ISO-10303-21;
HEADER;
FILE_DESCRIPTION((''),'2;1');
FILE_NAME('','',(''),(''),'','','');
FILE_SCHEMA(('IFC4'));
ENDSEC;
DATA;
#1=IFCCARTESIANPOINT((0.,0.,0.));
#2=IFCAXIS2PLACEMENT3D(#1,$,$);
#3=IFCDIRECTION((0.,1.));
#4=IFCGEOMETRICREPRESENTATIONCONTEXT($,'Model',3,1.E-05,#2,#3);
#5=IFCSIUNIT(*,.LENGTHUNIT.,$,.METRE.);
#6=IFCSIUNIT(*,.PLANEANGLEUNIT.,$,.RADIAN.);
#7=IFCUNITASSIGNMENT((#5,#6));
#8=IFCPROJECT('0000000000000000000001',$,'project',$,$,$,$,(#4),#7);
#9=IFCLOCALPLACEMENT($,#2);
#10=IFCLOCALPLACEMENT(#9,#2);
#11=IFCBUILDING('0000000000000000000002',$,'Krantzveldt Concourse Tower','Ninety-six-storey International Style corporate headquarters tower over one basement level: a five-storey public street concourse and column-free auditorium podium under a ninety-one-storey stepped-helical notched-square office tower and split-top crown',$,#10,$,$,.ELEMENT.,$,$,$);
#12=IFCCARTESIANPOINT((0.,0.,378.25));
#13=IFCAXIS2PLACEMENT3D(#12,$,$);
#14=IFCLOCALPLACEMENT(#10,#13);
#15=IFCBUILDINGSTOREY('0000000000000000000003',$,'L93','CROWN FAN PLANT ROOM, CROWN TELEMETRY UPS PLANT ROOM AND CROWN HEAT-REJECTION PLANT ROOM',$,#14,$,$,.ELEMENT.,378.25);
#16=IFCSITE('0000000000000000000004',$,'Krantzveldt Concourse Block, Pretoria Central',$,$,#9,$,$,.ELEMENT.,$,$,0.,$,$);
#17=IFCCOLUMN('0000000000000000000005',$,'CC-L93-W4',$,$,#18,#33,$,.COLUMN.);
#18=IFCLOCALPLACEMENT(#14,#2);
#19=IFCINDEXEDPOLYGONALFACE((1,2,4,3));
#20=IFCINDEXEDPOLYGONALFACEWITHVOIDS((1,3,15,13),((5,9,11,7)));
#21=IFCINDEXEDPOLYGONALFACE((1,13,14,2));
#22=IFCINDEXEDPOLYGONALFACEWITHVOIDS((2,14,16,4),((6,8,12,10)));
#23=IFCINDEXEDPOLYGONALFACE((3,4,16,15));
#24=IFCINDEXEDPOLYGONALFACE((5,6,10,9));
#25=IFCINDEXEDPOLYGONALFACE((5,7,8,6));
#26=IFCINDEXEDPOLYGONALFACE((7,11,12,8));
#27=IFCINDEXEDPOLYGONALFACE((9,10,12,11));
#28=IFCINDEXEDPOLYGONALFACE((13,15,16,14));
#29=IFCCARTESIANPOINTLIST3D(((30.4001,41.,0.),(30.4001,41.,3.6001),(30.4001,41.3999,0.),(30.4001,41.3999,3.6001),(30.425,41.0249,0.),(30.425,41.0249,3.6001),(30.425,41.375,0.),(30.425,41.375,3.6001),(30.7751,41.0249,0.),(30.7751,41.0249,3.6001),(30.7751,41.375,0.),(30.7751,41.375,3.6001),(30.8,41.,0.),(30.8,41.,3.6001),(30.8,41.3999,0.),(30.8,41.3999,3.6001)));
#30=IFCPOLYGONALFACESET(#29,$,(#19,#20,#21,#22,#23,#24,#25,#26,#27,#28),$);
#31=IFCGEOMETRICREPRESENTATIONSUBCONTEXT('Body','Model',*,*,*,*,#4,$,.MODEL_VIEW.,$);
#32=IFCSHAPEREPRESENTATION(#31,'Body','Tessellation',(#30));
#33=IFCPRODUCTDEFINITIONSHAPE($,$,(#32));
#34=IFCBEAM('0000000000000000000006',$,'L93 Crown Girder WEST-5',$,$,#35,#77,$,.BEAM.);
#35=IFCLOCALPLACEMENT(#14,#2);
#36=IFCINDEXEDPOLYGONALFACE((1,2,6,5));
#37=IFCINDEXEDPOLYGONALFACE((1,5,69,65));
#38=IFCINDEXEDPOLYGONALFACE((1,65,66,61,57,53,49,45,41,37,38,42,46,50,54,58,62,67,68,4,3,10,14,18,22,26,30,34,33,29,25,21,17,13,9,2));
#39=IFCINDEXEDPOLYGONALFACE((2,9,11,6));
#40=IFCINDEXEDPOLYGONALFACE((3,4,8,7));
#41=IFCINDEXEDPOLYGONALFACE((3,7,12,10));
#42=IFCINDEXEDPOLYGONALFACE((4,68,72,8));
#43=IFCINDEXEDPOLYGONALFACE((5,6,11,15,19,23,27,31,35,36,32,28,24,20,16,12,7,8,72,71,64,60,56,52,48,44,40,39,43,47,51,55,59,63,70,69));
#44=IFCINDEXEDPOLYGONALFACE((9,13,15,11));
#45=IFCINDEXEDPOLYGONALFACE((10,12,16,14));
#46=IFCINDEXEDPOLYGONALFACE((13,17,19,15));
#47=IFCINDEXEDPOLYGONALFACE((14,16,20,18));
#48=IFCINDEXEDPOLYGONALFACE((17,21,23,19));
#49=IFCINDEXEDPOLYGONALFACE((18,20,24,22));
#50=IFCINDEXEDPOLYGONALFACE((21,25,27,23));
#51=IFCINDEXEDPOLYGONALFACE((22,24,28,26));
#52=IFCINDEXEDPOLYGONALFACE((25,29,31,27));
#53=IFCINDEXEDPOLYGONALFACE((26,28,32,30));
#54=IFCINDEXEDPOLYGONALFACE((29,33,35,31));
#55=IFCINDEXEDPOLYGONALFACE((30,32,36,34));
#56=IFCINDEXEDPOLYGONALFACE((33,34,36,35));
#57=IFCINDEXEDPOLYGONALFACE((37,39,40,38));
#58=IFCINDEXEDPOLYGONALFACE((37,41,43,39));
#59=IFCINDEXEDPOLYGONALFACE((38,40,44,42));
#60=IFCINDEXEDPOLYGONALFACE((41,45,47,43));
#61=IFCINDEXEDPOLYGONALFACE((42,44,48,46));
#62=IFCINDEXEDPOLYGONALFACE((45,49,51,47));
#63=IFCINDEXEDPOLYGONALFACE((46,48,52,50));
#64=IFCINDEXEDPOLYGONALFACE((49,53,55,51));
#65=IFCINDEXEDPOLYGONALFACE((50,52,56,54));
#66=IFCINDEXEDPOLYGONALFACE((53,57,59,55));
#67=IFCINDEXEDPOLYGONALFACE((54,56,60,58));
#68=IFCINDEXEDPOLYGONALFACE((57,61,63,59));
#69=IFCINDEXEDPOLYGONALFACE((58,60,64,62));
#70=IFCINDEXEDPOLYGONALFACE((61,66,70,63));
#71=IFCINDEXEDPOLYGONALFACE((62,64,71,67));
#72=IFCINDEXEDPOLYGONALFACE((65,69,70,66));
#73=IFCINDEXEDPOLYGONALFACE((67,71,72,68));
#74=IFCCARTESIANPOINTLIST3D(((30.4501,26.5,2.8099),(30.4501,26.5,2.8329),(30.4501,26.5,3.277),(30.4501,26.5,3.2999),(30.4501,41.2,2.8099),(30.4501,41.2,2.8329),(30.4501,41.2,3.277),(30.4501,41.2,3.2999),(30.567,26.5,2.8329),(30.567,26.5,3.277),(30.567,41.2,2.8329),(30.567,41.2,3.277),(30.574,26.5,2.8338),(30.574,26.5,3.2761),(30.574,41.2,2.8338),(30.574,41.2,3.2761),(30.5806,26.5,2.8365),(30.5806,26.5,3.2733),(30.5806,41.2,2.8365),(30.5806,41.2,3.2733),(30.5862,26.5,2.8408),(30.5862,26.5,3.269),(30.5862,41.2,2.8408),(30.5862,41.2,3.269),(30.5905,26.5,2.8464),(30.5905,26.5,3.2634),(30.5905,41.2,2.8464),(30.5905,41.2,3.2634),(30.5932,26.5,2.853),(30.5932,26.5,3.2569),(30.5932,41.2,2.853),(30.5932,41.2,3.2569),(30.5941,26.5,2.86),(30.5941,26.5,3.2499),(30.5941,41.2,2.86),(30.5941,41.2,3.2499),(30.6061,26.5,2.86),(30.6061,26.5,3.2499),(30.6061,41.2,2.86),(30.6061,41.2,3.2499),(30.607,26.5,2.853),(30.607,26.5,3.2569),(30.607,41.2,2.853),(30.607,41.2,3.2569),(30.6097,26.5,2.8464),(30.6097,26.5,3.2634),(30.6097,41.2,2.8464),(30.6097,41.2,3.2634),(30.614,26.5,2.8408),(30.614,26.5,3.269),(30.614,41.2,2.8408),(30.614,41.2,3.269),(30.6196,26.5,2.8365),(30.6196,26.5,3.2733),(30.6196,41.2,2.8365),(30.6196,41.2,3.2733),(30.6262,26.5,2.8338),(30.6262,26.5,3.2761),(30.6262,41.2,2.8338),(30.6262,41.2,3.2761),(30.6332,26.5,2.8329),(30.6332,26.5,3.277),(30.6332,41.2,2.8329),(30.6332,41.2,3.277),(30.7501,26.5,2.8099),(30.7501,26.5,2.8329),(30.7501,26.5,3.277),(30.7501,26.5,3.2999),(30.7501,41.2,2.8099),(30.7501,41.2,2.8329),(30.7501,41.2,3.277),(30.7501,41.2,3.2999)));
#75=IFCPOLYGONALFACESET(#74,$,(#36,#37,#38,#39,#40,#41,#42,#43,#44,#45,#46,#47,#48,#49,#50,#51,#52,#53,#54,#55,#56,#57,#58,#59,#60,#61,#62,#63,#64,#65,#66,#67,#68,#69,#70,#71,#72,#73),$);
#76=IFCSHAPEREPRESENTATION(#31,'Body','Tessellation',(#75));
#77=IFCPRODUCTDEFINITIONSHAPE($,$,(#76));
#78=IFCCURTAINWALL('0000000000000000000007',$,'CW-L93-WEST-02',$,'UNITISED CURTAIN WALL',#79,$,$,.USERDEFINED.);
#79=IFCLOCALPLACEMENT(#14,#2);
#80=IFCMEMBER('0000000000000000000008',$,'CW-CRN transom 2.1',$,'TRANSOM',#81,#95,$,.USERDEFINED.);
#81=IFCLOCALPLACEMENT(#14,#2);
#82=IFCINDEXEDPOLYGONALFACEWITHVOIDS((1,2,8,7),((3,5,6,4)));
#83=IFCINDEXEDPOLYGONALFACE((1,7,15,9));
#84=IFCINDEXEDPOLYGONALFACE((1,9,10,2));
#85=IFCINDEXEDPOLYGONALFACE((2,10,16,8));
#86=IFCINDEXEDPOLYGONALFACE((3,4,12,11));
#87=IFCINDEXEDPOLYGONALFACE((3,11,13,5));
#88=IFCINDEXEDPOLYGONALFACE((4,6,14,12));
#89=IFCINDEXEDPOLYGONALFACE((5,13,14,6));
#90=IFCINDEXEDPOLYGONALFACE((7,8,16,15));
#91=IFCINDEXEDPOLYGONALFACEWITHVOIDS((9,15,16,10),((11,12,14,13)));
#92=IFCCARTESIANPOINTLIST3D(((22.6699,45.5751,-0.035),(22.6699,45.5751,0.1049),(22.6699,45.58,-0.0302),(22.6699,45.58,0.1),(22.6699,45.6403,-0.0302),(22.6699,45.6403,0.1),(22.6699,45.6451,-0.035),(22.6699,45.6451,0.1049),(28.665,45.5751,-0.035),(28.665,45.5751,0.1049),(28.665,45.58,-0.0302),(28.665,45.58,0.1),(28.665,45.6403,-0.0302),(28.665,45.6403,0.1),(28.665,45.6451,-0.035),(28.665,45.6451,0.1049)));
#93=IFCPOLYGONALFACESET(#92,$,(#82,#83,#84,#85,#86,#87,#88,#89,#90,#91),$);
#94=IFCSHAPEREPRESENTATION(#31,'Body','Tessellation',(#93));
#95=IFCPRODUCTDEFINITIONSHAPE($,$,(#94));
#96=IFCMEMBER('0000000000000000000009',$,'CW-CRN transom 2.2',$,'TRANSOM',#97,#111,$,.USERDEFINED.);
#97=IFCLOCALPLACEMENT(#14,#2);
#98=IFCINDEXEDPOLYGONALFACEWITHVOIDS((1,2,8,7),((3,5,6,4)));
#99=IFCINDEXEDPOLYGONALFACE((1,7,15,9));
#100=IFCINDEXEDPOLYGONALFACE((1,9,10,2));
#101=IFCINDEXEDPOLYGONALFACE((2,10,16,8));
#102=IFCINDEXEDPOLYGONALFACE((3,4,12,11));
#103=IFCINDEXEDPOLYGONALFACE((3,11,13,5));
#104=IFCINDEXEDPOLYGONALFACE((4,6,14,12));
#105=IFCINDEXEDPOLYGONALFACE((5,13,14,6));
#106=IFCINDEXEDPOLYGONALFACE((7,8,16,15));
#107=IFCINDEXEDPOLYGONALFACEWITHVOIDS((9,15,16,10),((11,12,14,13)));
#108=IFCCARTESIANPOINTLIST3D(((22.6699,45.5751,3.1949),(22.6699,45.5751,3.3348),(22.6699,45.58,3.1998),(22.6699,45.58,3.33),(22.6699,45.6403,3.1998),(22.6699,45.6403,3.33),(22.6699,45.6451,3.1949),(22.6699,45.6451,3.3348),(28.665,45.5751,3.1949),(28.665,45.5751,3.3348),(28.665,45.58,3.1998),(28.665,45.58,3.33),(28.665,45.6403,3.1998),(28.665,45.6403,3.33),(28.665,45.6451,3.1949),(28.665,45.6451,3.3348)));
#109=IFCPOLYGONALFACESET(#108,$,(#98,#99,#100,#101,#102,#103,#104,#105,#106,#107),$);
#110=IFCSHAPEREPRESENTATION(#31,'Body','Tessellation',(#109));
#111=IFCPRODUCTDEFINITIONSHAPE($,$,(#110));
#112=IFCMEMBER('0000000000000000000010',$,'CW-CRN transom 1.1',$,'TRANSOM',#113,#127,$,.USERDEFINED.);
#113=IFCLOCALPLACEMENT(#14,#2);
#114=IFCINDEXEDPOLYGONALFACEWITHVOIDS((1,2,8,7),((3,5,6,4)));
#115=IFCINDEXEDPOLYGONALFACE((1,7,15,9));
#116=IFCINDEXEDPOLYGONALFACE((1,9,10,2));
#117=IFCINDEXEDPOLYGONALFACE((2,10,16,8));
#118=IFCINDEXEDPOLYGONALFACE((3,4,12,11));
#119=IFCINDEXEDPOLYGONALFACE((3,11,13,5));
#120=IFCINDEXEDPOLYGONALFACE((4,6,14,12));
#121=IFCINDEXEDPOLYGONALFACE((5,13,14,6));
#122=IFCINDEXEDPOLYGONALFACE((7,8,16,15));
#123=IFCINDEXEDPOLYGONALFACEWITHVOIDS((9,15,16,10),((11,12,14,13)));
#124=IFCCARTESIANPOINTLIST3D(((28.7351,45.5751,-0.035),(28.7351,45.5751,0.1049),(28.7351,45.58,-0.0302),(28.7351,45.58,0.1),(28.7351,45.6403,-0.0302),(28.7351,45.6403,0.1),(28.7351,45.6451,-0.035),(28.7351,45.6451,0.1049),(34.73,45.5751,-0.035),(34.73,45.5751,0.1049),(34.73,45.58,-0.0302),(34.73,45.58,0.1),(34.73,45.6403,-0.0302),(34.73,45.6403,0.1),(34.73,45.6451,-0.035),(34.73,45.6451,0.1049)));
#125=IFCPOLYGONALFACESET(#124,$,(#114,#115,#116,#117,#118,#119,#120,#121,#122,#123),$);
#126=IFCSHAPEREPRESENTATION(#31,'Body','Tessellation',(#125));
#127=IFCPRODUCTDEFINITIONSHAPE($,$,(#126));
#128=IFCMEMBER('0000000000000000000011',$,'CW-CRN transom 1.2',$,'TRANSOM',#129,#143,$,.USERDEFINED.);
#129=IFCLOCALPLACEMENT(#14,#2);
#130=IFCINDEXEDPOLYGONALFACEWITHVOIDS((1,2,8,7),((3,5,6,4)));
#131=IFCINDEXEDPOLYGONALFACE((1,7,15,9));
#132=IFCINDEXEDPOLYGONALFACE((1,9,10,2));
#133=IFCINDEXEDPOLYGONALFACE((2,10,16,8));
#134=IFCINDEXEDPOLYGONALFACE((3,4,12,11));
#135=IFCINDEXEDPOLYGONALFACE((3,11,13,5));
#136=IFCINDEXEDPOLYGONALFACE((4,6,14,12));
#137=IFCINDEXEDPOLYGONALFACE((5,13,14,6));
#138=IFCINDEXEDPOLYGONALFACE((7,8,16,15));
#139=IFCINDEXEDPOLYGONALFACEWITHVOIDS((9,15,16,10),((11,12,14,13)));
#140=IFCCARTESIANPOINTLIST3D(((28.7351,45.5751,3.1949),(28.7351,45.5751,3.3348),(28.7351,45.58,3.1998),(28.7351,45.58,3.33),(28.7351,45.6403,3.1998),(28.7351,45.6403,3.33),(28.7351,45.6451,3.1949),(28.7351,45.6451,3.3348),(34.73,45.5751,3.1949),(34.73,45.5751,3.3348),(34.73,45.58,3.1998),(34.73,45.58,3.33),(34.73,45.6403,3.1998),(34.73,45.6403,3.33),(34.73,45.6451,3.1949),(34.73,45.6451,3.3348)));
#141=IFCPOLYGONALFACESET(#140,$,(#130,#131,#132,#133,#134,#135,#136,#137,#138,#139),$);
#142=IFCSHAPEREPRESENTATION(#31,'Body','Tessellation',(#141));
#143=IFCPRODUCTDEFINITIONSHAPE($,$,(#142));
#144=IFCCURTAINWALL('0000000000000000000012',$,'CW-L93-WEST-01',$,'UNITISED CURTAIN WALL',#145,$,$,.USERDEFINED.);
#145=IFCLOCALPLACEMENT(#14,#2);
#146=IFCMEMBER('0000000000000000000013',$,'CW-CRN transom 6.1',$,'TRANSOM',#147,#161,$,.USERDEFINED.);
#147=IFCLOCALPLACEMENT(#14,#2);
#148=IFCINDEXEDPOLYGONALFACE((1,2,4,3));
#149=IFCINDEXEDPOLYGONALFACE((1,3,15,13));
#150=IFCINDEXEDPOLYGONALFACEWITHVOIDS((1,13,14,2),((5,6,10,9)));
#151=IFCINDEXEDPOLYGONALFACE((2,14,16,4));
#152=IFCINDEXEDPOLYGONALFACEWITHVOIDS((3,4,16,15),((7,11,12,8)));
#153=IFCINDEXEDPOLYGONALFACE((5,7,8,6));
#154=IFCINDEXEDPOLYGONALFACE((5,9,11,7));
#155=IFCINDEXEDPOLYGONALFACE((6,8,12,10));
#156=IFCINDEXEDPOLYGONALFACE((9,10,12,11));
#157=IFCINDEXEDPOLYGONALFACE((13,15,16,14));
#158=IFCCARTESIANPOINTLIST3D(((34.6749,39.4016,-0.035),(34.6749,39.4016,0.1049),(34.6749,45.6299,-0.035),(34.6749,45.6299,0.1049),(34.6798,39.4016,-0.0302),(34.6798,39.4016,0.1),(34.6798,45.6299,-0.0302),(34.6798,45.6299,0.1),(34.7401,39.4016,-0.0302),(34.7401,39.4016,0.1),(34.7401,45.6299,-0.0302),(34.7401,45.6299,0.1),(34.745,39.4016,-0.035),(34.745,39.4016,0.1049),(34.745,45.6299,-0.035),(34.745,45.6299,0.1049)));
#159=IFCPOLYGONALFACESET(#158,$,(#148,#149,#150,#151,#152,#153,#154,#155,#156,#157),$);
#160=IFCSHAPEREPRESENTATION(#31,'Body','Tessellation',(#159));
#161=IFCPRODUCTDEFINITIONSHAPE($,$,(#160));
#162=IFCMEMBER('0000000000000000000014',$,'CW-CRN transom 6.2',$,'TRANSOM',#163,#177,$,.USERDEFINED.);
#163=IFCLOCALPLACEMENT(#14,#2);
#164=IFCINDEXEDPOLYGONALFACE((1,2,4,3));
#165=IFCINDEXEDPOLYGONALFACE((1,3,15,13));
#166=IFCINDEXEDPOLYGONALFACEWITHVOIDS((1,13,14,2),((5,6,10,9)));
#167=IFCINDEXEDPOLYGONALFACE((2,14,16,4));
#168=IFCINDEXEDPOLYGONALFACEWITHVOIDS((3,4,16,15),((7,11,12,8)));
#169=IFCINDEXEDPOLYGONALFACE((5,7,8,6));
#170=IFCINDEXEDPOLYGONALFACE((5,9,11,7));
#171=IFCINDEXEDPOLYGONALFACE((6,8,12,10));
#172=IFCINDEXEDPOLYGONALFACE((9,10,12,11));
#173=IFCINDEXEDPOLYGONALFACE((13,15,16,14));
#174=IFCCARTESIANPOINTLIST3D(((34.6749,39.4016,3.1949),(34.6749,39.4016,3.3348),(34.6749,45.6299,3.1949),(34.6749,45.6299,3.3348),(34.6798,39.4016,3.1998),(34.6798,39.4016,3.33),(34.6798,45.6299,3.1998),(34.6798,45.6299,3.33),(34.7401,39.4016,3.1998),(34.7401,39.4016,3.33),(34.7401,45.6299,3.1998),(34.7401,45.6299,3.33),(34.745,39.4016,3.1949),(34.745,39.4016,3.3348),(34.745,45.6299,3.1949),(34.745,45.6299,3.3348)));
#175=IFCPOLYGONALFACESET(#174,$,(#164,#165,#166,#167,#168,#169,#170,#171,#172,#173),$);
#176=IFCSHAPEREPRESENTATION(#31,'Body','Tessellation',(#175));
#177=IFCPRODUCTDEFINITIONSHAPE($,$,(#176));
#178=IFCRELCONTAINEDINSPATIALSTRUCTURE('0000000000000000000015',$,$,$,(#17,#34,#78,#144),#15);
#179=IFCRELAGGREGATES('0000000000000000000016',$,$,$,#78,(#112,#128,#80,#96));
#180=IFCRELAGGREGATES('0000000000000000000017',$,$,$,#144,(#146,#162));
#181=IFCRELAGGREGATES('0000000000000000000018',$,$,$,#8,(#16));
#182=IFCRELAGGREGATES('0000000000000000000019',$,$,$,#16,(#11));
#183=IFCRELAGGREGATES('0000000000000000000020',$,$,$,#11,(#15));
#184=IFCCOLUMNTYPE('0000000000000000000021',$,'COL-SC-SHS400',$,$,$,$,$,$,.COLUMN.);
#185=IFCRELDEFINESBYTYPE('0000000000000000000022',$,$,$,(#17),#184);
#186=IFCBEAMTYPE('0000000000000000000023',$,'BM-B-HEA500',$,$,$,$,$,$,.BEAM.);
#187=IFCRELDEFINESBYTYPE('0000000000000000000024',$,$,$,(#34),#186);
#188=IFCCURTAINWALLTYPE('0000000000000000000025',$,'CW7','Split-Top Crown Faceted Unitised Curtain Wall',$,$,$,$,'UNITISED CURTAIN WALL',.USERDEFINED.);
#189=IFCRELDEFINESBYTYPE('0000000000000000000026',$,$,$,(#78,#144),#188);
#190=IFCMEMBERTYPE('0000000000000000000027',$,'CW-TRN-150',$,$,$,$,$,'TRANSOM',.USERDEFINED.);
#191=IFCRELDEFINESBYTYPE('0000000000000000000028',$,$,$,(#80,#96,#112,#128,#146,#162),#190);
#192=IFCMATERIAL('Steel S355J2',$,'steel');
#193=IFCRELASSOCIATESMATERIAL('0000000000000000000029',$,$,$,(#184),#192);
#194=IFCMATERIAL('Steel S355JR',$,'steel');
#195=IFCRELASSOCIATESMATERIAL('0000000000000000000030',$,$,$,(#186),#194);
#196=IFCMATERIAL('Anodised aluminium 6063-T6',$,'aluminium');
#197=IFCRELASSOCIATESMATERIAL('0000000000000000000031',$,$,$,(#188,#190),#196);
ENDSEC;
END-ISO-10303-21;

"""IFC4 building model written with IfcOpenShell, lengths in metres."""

from ifc_helpers import new_model, si_unit, direction, frame, origin, origin_2d, place, context, subcontext, project, spatial, hollow_rectangle, i_section, extrude, source, transform, mapped, material, material_profile, profile_set, type_object, type_shapes, element, aggregate, save


model = new_model("IFC4")

# Units and contexts
model_context = context("Model", 3, precision=1e-05, world=origin(), true_north=direction((0.0, 1.0)))
body_context = subcontext(model_context, "Body", "Model", "MODEL_VIEW")
ifc_project = project(units=[si_unit("LENGTHUNIT", "METRE"), si_unit("PLANEANGLEUNIT", "RADIAN")], contexts=[model_context])

# Site, building, storey
site_placement = place(None, origin())
site = spatial("IfcSite", under=ifc_project, at=site_placement, Name="Krantzveldt Concourse Block, Pretoria Central", CompositionType="ELEMENT", RefElevation=0.0)
building_placement = place(site_placement, origin())
building = spatial("IfcBuilding", under=site, at=building_placement, Name="Krantzveldt Concourse Tower", Description="Ninety-six-storey International Style corporate headquarters tower over one basement level: a five-storey public street concourse and column-free auditorium podium under a ninety-one-storey stepped-helical notched-square office tower and split-top crown", CompositionType="ELEMENT")
storey_placement = place(building_placement, frame((0.0, 0.0, 378.25)))
storey = spatial("IfcBuildingStorey", under=building, at=storey_placement, Name="L93", Description="CROWN FAN PLANT ROOM, CROWN TELEMETRY UPS PLANT ROOM AND CROWN HEAT-REJECTION PLANT ROOM", CompositionType="ELEMENT", Elevation=378.25)

# Column
ifc_material_1 = material(Name="Steel S355J2", Category="steel")
ifc_material_profile_1 = material_profile(ifc_material_1, hollow_rectangle(XDim=0.3999, YDim=0.3999, WallThickness=0.0249, at=origin_2d()), Name="Steel S355J2", Category="steel")
ifc_profile_set_1 = profile_set([ifc_material_profile_1], Name="Steel S355J2 - SHS 400x400x25")
column_type = type_object("IfcColumnType", Name="COL-SC-SHS400", PredefinedType="COLUMN", material=ifc_profile_set_1)
shared_shape_1 = source(origin(), body_context, "Body", "SweptSolid", [
    extrude(hollow_rectangle(XDim=0.3999, YDim=0.3999, WallThickness=0.0249, at=origin_2d()), origin(), (0.0, 0.0, 1.0), 3.6001),
])
type_shapes(column_type, [shared_shape_1])
column_placement = place(storey_placement, frame((30.6001, 41.2, 0.0), z_axis=(0.0, 0.0, 1.0), x_axis=(1.0, 0.0, 0.0)))
element("IfcColumn", 1, at=column_placement, inside=storey, type_object=column_type, Name="CC-L93-W4", PredefinedType="COLUMN", context=body_context, shape_type="MappedRepresentation", body=[
    mapped(shared_shape_1, transform((0.0, 0.0, 0.0), x_axis=(1.0, 0.0, 0.0), y_axis=(0.0, 1.0, 0.0), z_axis=(0.0, 0.0, 1.0), scale=1.0)),
])

# Beam
ifc_material_2 = material(Name="Steel S355JR", Category="steel")
ifc_material_profile_2 = material_profile(ifc_material_2, i_section(OverallWidth=0.3, OverallDepth=0.49, WebThickness=0.012, FlangeThickness=0.0229, FilletRadius=0.0271, at=origin_2d()), Name="Steel S355JR", Category="steel")
ifc_profile_set_2 = profile_set([ifc_material_profile_2], Name="Steel S355JR - HEA 500")
beam_type = type_object("IfcBeamType", Name="BM-B-HEA500", PredefinedType="BEAM", material=ifc_profile_set_2)
shared_shape_2 = source(origin(), body_context, "Body", "SweptSolid", [
    extrude(i_section(OverallWidth=0.3, OverallDepth=0.49, WebThickness=0.012, FlangeThickness=0.0229, FilletRadius=0.0271, at=origin_2d()), origin(), (0.0, 0.0, 1.0), 14.7),
])
type_shapes(beam_type, [shared_shape_2])
beam_placement = place(storey_placement, frame((30.6001, 41.2, 3.0549), z_axis=(0.0, -1.0, 0.0), x_axis=(1.0, 0.0, 0.0)))
element("IfcBeam", 2, at=beam_placement, inside=storey, type_object=beam_type, Name="L93 Crown Girder WEST-5", PredefinedType="BEAM", context=body_context, shape_type="MappedRepresentation", body=[
    mapped(shared_shape_2, transform((0.0, 0.0, 0.0), x_axis=(1.0, 0.0, 0.0), y_axis=(0.0, 1.0, 0.0), z_axis=(0.0, 0.0, 1.0), scale=1.0)),
])

# Curtain walls, members
ifc_material_3 = material(Name="Anodised aluminium 6063-T6", Category="aluminium")
curtain_wall_type = type_object("IfcCurtainWallType", Name="CW7", Description="Split-Top Crown Faceted Unitised Curtain Wall", ElementType="UNITISED CURTAIN WALL", PredefinedType="USERDEFINED", material=ifc_material_3)
curtain_wall_1_placement = place(storey_placement, origin())
curtain_wall_1 = element("IfcCurtainWall", 3, at=curtain_wall_1_placement, inside=storey, type_object=curtain_wall_type, Name="CW-L93-WEST-02", ObjectType="UNITISED CURTAIN WALL", PredefinedType="USERDEFINED")
ifc_material_profile_3 = material_profile(ifc_material_3, hollow_rectangle(XDim=0.0701, YDim=0.1399, WallThickness=0.0049, at=origin_2d()), Name="Anodised aluminium 6063-T6", Category="aluminium")
ifc_profile_set_3 = profile_set([ifc_material_profile_3], Name="Anodised aluminium 6063-T6 - ALU-TRAN 140x70x5")
member_type_1 = type_object("IfcMemberType", Name="CW-TRN-150", ElementType="TRANSOM", PredefinedType="USERDEFINED", material=ifc_profile_set_3)
shared_shape_3 = source(origin(), body_context, "Body", "SweptSolid", [
    extrude(hollow_rectangle(XDim=0.0701, YDim=0.1399, WallThickness=0.0049, at=origin_2d()), origin(), (0.0, 0.0, 1.0), 5.9951),
])
member_1_placement = place(storey_placement, frame((28.665, 45.6101, 0.0349), z_axis=(-1.0, 0.0, 0.0), x_axis=(0.0, -1.0, 0.0)))
member_1 = element("IfcMember", 4, at=member_1_placement, type_object=member_type_1, Name="CW-CRN transom 2.1", ObjectType="TRANSOM", PredefinedType="USERDEFINED", context=body_context, shape_type="MappedRepresentation", body=[
    mapped(shared_shape_3, transform((0.0, 0.0, 0.0), x_axis=(1.0, 0.0, 0.0), y_axis=(0.0, 1.0, 0.0), z_axis=(0.0, 0.0, 1.0), scale=1.0)),
])
member_2_placement = place(storey_placement, frame((28.665, 45.6101, 3.2649), z_axis=(-1.0, 0.0, 0.0), x_axis=(0.0, -1.0, 0.0)))
member_2 = element("IfcMember", 5, at=member_2_placement, type_object=member_type_1, Name="CW-CRN transom 2.2", ObjectType="TRANSOM", PredefinedType="USERDEFINED", context=body_context, shape_type="MappedRepresentation", body=[
    mapped(shared_shape_3, transform((0.0, 0.0, 0.0), x_axis=(1.0, 0.0, 0.0), y_axis=(0.0, 1.0, 0.0), z_axis=(0.0, 0.0, 1.0), scale=1.0)),
])
shared_shape_4 = source(origin(), body_context, "Body", "SweptSolid", [
    extrude(hollow_rectangle(XDim=0.0701, YDim=0.1399, WallThickness=0.0049, at=origin_2d()), origin(), (0.0, 0.0, 1.0), 5.9949),
])
member_3_placement = place(storey_placement, frame((34.73, 45.6101, 0.0349), z_axis=(-1.0, 0.0, 0.0), x_axis=(0.0, -1.0, 0.0)))
member_3 = element("IfcMember", 6, at=member_3_placement, type_object=member_type_1, Name="CW-CRN transom 1.1", ObjectType="TRANSOM", PredefinedType="USERDEFINED", context=body_context, shape_type="MappedRepresentation", body=[
    mapped(shared_shape_4, transform((0.0, 0.0, 0.0), x_axis=(1.0, 0.0, 0.0), y_axis=(0.0, 1.0, 0.0), z_axis=(0.0, 0.0, 1.0), scale=1.0)),
])
member_4_placement = place(storey_placement, frame((34.73, 45.6101, 3.2649), z_axis=(-1.0, 0.0, 0.0), x_axis=(0.0, -1.0, 0.0)))
member_4 = element("IfcMember", 7, at=member_4_placement, type_object=member_type_1, Name="CW-CRN transom 1.2", ObjectType="TRANSOM", PredefinedType="USERDEFINED", context=body_context, shape_type="MappedRepresentation", body=[
    mapped(shared_shape_4, transform((0.0, 0.0, 0.0), x_axis=(1.0, 0.0, 0.0), y_axis=(0.0, 1.0, 0.0), z_axis=(0.0, 0.0, 1.0), scale=1.0)),
])
curtain_wall_2_placement = place(storey_placement, origin())
curtain_wall_2 = element("IfcCurtainWall", 8, at=curtain_wall_2_placement, inside=storey, type_object=curtain_wall_type, Name="CW-L93-WEST-01", ObjectType="UNITISED CURTAIN WALL", PredefinedType="USERDEFINED")
shared_shape_5 = source(origin(), body_context, "Body", "SweptSolid", [
    extrude(hollow_rectangle(XDim=0.0701, YDim=0.1399, WallThickness=0.0049, at=origin_2d()), origin(), (0.0, 0.0, 1.0), 6.2283),
])
member_5_placement = place(storey_placement, frame((34.71, 39.4016, 0.0349), z_axis=(0.0, 1.0, 0.0), x_axis=(-1.0, 0.0, 0.0)))
member_5 = element("IfcMember", 9, at=member_5_placement, type_object=member_type_1, Name="CW-CRN transom 6.1", ObjectType="TRANSOM", PredefinedType="USERDEFINED", context=body_context, shape_type="MappedRepresentation", body=[
    mapped(shared_shape_5, transform((0.0, 0.0, 0.0), x_axis=(1.0, 0.0, 0.0), y_axis=(0.0, 1.0, 0.0), z_axis=(0.0, 0.0, 1.0), scale=1.0)),
])
member_6_placement = place(storey_placement, frame((34.71, 39.4016, 3.2649), z_axis=(0.0, 1.0, 0.0), x_axis=(-1.0, 0.0, 0.0)))
member_6 = element("IfcMember", 10, at=member_6_placement, type_object=member_type_1, Name="CW-CRN transom 6.2", ObjectType="TRANSOM", PredefinedType="USERDEFINED", context=body_context, shape_type="MappedRepresentation", body=[
    mapped(shared_shape_5, transform((0.0, 0.0, 0.0), x_axis=(1.0, 0.0, 0.0), y_axis=(0.0, 1.0, 0.0), z_axis=(0.0, 0.0, 1.0), scale=1.0)),
])

aggregate(curtain_wall_1, [member_3, member_4, member_1, member_2])
aggregate(curtain_wall_2, [member_5, member_6])

save(model, "model.ifc")
